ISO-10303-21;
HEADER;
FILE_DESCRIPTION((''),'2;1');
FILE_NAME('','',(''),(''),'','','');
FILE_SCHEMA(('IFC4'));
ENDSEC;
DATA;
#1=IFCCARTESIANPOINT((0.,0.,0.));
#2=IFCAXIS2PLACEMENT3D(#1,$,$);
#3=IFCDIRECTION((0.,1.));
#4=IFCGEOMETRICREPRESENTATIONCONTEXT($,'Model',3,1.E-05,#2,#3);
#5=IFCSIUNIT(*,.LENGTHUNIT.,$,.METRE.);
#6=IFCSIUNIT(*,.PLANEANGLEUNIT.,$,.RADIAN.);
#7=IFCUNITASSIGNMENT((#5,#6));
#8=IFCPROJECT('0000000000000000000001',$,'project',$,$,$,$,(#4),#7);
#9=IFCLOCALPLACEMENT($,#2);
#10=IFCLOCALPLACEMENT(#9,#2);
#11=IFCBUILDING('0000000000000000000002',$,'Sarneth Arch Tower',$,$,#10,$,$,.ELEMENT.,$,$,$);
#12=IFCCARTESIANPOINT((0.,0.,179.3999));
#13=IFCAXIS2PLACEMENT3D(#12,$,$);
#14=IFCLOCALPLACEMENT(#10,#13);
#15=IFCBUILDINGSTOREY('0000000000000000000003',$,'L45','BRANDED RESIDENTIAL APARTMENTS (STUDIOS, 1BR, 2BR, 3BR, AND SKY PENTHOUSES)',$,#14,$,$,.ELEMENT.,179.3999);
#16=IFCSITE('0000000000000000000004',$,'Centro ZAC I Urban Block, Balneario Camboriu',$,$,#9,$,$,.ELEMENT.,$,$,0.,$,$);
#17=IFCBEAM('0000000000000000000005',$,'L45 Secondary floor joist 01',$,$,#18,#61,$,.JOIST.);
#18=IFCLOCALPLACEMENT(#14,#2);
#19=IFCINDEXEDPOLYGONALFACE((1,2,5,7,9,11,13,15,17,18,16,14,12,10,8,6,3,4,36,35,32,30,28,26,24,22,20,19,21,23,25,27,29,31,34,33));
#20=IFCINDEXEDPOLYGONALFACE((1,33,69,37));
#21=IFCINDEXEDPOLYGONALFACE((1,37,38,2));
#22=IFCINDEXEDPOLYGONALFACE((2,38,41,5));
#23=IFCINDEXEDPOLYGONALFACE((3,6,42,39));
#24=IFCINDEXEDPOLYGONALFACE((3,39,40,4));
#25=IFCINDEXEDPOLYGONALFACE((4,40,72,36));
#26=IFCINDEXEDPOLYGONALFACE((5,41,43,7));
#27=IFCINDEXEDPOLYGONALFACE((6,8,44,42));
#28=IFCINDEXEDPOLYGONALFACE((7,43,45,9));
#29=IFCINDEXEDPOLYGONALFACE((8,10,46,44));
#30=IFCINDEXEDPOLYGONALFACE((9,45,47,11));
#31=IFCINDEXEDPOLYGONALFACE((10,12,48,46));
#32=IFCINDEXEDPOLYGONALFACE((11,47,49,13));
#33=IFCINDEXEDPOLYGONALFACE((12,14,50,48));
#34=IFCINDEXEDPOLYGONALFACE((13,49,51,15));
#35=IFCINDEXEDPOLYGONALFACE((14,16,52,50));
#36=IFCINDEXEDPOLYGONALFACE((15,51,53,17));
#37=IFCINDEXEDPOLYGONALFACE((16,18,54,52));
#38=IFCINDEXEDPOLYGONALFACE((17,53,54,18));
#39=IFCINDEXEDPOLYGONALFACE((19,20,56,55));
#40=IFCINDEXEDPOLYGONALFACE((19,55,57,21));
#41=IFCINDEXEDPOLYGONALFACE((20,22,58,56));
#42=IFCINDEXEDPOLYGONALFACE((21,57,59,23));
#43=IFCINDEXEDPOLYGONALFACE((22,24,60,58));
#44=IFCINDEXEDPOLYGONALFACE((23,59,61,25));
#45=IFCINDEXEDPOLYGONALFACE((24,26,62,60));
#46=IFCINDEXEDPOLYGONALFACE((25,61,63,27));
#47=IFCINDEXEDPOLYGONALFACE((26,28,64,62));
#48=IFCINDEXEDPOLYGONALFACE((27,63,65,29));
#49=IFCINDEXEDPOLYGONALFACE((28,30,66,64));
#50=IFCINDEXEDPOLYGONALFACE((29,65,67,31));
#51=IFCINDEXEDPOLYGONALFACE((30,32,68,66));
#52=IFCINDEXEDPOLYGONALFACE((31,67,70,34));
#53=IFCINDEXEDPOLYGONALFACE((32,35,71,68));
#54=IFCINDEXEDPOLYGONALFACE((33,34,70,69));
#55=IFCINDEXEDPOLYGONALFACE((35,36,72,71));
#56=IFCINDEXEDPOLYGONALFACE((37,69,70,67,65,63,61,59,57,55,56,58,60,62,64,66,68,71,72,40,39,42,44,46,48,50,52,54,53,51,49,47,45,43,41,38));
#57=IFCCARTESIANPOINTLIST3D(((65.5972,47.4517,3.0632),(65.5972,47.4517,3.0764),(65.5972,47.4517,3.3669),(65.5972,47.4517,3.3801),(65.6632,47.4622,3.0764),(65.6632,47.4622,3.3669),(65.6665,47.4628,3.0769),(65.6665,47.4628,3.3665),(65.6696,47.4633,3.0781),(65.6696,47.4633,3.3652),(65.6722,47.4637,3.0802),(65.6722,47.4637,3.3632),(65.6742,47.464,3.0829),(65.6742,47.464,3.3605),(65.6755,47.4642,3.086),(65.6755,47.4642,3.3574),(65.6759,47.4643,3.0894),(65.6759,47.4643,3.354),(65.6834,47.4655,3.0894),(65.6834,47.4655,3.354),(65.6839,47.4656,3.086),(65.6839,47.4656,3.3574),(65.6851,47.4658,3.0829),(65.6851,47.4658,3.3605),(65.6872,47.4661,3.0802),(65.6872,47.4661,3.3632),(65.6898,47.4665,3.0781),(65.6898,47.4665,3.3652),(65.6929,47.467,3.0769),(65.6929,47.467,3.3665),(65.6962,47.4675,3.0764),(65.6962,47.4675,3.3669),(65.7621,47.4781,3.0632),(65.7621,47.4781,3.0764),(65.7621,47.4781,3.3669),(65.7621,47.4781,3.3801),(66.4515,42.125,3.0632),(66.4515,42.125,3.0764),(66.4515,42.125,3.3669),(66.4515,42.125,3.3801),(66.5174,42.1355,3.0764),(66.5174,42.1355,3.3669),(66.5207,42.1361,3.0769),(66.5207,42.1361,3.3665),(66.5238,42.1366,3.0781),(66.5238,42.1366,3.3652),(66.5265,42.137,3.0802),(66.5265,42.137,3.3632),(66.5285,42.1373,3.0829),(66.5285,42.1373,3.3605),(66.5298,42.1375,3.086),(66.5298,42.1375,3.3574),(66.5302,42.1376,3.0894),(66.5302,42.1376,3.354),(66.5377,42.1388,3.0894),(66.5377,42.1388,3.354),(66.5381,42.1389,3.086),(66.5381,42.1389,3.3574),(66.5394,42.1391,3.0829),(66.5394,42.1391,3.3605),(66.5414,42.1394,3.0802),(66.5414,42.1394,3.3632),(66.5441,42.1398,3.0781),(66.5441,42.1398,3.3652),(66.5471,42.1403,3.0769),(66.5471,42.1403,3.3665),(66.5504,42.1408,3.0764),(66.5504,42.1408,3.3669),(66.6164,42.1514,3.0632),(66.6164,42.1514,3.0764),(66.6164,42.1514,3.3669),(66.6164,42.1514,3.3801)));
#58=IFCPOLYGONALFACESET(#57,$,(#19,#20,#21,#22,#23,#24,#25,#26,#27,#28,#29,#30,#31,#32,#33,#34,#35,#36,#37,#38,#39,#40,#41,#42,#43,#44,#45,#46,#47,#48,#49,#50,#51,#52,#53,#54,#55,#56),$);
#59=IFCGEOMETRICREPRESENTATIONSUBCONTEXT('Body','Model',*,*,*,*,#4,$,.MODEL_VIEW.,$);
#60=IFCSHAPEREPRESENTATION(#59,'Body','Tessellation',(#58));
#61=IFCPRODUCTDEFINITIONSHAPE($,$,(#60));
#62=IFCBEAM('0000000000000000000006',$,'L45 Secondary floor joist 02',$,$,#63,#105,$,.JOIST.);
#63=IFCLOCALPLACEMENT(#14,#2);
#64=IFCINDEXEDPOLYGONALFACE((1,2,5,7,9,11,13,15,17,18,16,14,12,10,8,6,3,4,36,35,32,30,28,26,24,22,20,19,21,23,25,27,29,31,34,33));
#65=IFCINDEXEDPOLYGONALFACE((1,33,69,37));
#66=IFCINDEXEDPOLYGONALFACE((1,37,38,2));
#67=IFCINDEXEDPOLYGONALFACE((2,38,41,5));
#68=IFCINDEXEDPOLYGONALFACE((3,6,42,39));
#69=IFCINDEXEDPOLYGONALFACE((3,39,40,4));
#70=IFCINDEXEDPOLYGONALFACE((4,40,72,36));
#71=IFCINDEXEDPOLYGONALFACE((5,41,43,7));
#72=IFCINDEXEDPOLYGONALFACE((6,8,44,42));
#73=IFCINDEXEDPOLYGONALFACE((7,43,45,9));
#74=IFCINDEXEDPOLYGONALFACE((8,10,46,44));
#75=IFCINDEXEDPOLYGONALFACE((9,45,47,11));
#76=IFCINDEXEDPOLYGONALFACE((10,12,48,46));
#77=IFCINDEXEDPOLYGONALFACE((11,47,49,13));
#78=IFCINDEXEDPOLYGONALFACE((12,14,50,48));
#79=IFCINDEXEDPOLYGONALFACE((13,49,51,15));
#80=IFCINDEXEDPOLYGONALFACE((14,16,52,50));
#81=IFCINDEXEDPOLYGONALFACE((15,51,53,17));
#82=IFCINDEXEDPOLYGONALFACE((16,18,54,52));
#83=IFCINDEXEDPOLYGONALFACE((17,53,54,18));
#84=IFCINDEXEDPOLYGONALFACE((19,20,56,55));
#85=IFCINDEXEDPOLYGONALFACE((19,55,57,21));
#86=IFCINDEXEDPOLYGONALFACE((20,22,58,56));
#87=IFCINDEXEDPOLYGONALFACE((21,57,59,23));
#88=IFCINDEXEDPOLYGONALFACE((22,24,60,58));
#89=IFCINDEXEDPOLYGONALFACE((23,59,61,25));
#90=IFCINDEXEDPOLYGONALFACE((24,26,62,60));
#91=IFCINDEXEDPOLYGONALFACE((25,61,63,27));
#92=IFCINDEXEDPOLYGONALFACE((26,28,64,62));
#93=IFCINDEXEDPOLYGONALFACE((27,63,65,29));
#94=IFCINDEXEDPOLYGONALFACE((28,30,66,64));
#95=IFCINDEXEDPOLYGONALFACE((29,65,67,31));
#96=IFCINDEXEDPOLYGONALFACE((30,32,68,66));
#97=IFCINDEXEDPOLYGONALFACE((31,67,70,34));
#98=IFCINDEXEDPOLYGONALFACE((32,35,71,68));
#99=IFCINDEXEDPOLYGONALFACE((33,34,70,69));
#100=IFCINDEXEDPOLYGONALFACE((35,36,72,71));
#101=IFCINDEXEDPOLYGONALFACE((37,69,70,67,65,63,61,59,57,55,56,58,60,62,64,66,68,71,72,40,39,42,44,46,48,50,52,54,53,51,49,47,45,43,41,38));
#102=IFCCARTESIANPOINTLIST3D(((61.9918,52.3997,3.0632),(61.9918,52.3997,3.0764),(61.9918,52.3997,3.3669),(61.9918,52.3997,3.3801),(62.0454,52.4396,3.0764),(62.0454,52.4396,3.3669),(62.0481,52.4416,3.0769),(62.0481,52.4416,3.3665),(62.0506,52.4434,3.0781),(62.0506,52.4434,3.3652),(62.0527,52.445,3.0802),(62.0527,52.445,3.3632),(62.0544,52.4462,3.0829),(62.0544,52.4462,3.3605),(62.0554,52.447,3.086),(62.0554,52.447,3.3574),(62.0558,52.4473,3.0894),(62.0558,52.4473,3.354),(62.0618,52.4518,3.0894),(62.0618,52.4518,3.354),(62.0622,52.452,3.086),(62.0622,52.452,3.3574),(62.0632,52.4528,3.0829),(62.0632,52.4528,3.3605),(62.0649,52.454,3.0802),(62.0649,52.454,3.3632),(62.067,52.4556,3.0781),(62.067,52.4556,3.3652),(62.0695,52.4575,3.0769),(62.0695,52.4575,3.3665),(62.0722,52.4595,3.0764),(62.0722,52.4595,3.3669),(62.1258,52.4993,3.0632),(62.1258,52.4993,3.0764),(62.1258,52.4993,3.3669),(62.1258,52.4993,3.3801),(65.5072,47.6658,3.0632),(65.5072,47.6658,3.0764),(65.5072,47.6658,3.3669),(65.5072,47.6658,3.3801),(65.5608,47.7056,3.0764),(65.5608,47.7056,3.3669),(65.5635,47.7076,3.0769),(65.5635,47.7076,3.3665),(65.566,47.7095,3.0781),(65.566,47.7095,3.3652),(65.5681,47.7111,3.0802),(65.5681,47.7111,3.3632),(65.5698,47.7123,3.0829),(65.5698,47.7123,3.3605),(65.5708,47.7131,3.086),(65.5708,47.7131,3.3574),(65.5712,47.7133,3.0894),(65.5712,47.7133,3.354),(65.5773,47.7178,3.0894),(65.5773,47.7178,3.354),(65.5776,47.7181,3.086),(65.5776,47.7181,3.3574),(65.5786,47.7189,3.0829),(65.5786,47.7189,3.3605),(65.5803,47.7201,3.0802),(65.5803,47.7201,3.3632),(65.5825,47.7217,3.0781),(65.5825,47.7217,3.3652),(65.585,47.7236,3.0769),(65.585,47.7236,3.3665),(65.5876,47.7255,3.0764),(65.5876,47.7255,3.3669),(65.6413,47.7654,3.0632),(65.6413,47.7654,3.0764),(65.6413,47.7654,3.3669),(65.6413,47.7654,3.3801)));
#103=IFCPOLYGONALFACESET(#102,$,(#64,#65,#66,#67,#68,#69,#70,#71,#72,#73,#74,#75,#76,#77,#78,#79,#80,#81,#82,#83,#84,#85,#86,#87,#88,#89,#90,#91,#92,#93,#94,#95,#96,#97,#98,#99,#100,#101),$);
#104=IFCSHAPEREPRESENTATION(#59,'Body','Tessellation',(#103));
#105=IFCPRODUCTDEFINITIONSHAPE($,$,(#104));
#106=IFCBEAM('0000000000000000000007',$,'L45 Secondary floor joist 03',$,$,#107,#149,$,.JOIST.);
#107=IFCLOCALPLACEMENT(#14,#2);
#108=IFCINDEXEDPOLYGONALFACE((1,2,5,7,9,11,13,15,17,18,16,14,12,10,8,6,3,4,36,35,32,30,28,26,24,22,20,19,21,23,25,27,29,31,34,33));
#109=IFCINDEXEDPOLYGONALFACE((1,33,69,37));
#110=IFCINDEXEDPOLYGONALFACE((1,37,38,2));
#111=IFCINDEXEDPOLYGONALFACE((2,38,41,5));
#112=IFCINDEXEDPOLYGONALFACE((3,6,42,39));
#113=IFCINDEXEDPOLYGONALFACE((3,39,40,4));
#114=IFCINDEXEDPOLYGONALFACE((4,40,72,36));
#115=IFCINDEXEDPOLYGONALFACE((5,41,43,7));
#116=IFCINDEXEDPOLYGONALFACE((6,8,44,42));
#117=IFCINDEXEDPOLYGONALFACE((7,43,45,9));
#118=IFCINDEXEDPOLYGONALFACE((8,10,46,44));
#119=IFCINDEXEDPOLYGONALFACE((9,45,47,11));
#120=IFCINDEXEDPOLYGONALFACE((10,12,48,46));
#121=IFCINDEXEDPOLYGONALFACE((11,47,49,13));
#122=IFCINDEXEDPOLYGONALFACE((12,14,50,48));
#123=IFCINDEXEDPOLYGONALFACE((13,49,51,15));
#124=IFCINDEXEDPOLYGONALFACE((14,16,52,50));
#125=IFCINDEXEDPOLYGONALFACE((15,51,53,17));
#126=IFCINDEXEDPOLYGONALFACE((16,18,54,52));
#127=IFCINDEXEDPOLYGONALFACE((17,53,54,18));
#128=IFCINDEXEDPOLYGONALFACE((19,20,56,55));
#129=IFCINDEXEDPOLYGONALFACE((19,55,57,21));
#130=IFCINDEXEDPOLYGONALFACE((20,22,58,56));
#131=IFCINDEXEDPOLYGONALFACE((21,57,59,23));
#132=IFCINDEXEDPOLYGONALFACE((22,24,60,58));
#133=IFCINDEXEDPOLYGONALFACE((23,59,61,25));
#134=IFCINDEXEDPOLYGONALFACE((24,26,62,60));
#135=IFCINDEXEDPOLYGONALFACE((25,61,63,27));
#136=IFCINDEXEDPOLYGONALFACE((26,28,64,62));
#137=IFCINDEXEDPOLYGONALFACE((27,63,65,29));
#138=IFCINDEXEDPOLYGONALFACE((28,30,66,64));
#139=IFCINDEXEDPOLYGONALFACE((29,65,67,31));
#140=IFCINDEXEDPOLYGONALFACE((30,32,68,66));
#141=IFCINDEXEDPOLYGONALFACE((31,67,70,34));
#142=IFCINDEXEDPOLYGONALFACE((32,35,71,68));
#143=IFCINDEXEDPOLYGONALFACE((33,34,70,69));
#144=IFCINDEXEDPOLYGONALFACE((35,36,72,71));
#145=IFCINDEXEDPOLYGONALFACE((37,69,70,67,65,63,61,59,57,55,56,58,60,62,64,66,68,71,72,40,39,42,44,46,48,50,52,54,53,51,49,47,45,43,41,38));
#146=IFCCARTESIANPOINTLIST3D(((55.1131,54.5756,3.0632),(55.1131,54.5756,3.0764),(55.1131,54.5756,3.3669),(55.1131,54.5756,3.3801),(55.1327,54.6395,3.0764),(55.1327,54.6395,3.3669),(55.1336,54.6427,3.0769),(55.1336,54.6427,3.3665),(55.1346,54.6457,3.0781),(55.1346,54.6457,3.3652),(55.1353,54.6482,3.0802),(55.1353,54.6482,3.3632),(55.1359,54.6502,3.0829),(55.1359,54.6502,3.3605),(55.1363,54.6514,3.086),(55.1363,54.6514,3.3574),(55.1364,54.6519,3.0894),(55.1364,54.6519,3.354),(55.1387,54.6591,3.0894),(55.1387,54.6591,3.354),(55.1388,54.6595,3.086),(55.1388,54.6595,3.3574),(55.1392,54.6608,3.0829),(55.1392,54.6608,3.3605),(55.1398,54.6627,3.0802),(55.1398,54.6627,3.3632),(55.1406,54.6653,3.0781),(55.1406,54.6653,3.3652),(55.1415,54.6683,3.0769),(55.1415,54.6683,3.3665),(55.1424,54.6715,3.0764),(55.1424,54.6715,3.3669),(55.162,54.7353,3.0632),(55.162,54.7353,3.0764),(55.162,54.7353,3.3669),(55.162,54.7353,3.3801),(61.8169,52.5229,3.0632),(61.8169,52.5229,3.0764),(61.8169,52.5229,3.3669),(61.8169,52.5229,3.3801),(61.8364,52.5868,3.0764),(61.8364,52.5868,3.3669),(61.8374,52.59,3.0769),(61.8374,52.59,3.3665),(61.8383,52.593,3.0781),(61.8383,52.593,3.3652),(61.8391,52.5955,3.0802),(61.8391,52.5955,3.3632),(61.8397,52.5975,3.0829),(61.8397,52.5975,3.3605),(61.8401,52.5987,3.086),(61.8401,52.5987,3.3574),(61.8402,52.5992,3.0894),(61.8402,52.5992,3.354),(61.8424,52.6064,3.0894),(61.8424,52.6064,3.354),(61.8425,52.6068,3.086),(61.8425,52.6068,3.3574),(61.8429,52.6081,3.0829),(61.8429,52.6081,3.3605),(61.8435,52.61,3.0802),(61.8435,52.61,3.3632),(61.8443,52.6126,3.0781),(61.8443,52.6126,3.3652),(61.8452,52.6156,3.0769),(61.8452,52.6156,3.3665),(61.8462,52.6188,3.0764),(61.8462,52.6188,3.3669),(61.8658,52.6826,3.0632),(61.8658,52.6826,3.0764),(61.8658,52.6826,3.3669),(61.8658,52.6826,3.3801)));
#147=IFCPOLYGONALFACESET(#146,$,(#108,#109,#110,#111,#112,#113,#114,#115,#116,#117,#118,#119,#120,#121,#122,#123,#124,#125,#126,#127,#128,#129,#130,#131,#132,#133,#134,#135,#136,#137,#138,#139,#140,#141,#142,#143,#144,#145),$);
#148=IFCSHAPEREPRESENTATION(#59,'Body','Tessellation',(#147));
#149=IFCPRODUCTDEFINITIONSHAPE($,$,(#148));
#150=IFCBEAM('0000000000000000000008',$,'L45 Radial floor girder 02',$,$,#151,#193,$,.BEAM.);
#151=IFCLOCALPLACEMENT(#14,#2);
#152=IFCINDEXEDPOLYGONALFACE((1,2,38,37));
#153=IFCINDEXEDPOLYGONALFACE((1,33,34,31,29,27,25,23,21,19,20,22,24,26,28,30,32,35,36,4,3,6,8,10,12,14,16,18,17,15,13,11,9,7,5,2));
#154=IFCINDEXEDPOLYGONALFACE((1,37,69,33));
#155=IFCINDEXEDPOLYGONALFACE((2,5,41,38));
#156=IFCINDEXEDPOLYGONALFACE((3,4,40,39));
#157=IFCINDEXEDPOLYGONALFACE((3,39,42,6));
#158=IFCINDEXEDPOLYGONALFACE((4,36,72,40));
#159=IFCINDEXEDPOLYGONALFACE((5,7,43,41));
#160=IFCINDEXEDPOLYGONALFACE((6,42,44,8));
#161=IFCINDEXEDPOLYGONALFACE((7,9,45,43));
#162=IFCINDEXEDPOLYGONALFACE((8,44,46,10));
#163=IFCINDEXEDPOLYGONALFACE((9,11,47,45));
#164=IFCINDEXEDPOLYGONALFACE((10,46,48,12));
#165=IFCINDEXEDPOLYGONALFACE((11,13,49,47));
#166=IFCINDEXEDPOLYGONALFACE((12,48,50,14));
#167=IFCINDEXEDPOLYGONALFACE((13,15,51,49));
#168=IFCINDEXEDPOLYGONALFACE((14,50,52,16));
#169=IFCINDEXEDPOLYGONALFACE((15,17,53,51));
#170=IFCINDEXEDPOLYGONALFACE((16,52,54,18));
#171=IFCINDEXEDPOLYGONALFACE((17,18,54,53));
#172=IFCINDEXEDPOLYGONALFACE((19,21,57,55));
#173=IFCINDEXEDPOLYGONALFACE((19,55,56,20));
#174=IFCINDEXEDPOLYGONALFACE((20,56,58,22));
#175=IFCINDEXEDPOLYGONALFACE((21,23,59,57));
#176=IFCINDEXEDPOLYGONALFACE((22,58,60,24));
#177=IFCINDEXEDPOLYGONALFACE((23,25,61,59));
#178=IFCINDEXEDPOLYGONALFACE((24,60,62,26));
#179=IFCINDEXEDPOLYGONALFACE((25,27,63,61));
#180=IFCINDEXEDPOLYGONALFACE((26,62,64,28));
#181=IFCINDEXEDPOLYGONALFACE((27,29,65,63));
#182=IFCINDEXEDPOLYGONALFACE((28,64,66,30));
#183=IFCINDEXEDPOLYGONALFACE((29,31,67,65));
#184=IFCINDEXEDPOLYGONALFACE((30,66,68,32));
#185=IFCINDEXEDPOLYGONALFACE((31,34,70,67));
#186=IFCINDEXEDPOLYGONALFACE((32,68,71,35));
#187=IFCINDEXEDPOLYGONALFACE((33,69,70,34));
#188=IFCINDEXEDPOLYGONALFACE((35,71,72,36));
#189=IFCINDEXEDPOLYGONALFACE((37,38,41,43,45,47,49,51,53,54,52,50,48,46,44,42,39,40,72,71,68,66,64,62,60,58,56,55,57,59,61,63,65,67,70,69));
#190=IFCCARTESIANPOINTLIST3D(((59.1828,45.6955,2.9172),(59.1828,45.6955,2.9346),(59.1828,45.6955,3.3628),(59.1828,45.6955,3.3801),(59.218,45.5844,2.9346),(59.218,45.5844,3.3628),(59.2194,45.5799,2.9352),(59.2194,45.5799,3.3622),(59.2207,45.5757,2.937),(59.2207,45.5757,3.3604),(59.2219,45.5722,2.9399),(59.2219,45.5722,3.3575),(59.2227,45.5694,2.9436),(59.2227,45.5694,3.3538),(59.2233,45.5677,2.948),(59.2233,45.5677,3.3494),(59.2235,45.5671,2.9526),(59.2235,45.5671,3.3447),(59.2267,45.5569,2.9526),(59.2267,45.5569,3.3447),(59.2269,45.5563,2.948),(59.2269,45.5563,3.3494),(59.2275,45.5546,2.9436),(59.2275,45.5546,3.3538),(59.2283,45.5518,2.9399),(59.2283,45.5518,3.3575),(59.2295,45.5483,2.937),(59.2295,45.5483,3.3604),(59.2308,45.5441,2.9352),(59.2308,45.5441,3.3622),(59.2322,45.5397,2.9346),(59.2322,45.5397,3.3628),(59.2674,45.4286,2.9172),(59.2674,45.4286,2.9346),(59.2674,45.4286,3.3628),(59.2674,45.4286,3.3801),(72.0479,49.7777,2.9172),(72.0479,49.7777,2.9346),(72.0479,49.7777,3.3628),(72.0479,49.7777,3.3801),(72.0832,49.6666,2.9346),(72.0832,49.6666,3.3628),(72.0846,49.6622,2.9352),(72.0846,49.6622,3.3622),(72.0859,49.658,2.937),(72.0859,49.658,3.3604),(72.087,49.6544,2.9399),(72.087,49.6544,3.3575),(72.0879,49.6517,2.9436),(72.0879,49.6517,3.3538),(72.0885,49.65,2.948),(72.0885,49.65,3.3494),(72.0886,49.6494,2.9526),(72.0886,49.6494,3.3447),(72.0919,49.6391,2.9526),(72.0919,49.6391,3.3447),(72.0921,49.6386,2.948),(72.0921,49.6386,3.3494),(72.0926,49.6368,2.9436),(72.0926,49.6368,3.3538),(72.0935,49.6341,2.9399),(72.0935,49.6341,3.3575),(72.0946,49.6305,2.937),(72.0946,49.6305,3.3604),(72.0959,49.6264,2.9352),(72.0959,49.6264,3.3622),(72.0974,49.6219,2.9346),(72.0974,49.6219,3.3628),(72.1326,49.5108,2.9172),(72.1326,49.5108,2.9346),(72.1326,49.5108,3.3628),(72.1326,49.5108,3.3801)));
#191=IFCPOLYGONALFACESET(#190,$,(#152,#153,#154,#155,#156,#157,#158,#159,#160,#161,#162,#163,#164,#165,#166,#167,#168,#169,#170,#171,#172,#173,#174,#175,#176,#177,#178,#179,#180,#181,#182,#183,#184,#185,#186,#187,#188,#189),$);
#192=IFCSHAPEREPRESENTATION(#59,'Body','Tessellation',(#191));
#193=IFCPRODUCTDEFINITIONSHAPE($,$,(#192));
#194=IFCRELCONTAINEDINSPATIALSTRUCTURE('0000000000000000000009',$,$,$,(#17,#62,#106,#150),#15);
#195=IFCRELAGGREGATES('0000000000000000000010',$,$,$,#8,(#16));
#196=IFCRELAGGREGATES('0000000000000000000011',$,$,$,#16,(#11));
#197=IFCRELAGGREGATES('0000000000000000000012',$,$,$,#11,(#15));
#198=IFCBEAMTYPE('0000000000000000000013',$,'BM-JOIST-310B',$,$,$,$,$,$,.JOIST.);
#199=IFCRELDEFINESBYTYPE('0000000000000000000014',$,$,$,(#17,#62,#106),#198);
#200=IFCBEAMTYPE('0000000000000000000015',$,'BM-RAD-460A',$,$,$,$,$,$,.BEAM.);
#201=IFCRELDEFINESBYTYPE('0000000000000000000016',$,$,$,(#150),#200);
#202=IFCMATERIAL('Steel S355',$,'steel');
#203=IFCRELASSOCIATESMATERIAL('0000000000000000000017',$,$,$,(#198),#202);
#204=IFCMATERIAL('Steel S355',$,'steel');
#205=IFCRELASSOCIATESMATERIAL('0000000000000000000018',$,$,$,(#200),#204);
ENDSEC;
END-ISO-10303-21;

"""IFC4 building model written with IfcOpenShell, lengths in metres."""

from ifc_helpers import new_model, si_unit, direction, frame, origin, origin_2d, place, context, subcontext, project, spatial, i_section, extrude, material, material_profile, profile_set, type_object, element, save


model = new_model("IFC4")

# Units and contexts
model_context = context("Model", 3, precision=1e-05, world=origin(), true_north=direction((0.0, 1.0)))
body_context = subcontext(model_context, "Body", "Model", "MODEL_VIEW")
ifc_project = project(units=[si_unit("LENGTHUNIT", "METRE"), si_unit("PLANEANGLEUNIT", "RADIAN")], contexts=[model_context])

# Site, building, storey
site_placement = place(None, origin())
site = spatial("IfcSite", under=ifc_project, at=site_placement, Name="Centro ZAC I Urban Block, Balneario Camboriu", CompositionType="ELEMENT", RefElevation=0.0)
building_placement = place(site_placement, origin())
building = spatial("IfcBuilding", under=site, at=building_placement, Name="Sarneth Arch Tower", CompositionType="ELEMENT")
storey_placement = place(building_placement, frame((0.0, 0.0, 179.3999)))
storey = spatial("IfcBuildingStorey", under=building, at=storey_placement, Name="L45", Description="BRANDED RESIDENTIAL APARTMENTS (STUDIOS, 1BR, 2BR, 3BR, AND SKY PENTHOUSES)", CompositionType="ELEMENT", Elevation=179.3999)

# Beams
ifc_material_1 = material(Name="Steel S355", Category="steel")
ifc_material_profile_1 = material_profile(ifc_material_1, i_section(OverallWidth=0.167, OverallDepth=0.3169, WebThickness=0.0076, FlangeThickness=0.0132, FilletRadius=0.0129, at=origin_2d()), Name="W310x52")
ifc_profile_set_1 = profile_set([ifc_material_profile_1], Name="Steel S355")
beam_type_1 = type_object("IfcBeamType", Name="BM-JOIST-310B", PredefinedType="JOIST", material=ifc_profile_set_1)
beam_1_placement = place(storey_placement, frame((66.5339, 42.1382, 3.2217), z_axis=(-0.158349, 0.987383, 0.0), x_axis=(-0.987383, -0.158349, 0.0)))
element("IfcBeam", 1, at=beam_1_placement, inside=storey, type_object=beam_type_1, Name="L45 Secondary floor joist 01", PredefinedType="JOIST", context=body_context, shape_type="SweptSolid", body=[
    extrude(i_section(OverallWidth=0.167, OverallDepth=0.3169, WebThickness=0.0076, FlangeThickness=0.0132, FilletRadius=0.0129, at=origin_2d()), origin(), (0.0, 0.0, 1.0), 5.3948),
])
beam_2_placement = place(storey_placement, frame((65.5742, 47.7156, 3.2217), z_axis=(-0.596191, 0.802843, 0.0), x_axis=(-0.802843, -0.596191, 0.0)))
element("IfcBeam", 2, at=beam_2_placement, inside=storey, type_object=beam_type_1, Name="L45 Secondary floor joist 02", PredefinedType="JOIST", context=body_context, shape_type="SweptSolid", body=[
    extrude(i_section(OverallWidth=0.167, OverallDepth=0.3169, WebThickness=0.0076, FlangeThickness=0.0132, FilletRadius=0.0129, at=origin_2d()), origin(), (0.0, 0.0, 1.0), 5.8965),
])
beam_3_placement = place(storey_placement, frame((61.8413, 52.6028, 3.2217), z_axis=(-0.956179, 0.292784, 0.0), x_axis=(-0.292784, -0.956179, 0.0)))
element("IfcBeam", 3, at=beam_3_placement, inside=storey, type_object=beam_type_1, Name="L45 Secondary floor joist 03", PredefinedType="JOIST", context=body_context, shape_type="SweptSolid", body=[
    extrude(i_section(OverallWidth=0.167, OverallDepth=0.3169, WebThickness=0.0076, FlangeThickness=0.0132, FilletRadius=0.0129, at=origin_2d()), origin(), (0.0, 0.0, 1.0), 7.011),
])
ifc_material_2 = material(Name="Steel S355", Category="steel")
ifc_material_profile_2 = material_profile(ifc_material_2, i_section(OverallWidth=0.28, OverallDepth=0.4629, WebThickness=0.0107, FlangeThickness=0.0173, FilletRadius=0.0181, at=origin_2d()), Name="W460x113")
ifc_profile_set_2 = profile_set([ifc_material_profile_2], Name="Steel S355")
beam_type_2 = type_object("IfcBeamType", Name="BM-RAD-460A", PredefinedType="BEAM", material=ifc_profile_set_2)
beam_4_placement = place(storey_placement, frame((59.2251, 45.562, 3.1487), z_axis=(0.953165, 0.302449, 0.0), x_axis=(-0.302449, 0.953165, 0.0)))
element("IfcBeam", 4, at=beam_4_placement, inside=storey, type_object=beam_type_2, Name="L45 Radial floor girder 02", PredefinedType="BEAM", context=body_context, shape_type="SweptSolid", body=[
    extrude(i_section(OverallWidth=0.28, OverallDepth=0.4629, WebThickness=0.0107, FlangeThickness=0.0173, FilletRadius=0.0181, at=origin_2d()), origin(), (0.0, 0.0, 1.0), 13.4973),
])

save(model, "model.ifc")
